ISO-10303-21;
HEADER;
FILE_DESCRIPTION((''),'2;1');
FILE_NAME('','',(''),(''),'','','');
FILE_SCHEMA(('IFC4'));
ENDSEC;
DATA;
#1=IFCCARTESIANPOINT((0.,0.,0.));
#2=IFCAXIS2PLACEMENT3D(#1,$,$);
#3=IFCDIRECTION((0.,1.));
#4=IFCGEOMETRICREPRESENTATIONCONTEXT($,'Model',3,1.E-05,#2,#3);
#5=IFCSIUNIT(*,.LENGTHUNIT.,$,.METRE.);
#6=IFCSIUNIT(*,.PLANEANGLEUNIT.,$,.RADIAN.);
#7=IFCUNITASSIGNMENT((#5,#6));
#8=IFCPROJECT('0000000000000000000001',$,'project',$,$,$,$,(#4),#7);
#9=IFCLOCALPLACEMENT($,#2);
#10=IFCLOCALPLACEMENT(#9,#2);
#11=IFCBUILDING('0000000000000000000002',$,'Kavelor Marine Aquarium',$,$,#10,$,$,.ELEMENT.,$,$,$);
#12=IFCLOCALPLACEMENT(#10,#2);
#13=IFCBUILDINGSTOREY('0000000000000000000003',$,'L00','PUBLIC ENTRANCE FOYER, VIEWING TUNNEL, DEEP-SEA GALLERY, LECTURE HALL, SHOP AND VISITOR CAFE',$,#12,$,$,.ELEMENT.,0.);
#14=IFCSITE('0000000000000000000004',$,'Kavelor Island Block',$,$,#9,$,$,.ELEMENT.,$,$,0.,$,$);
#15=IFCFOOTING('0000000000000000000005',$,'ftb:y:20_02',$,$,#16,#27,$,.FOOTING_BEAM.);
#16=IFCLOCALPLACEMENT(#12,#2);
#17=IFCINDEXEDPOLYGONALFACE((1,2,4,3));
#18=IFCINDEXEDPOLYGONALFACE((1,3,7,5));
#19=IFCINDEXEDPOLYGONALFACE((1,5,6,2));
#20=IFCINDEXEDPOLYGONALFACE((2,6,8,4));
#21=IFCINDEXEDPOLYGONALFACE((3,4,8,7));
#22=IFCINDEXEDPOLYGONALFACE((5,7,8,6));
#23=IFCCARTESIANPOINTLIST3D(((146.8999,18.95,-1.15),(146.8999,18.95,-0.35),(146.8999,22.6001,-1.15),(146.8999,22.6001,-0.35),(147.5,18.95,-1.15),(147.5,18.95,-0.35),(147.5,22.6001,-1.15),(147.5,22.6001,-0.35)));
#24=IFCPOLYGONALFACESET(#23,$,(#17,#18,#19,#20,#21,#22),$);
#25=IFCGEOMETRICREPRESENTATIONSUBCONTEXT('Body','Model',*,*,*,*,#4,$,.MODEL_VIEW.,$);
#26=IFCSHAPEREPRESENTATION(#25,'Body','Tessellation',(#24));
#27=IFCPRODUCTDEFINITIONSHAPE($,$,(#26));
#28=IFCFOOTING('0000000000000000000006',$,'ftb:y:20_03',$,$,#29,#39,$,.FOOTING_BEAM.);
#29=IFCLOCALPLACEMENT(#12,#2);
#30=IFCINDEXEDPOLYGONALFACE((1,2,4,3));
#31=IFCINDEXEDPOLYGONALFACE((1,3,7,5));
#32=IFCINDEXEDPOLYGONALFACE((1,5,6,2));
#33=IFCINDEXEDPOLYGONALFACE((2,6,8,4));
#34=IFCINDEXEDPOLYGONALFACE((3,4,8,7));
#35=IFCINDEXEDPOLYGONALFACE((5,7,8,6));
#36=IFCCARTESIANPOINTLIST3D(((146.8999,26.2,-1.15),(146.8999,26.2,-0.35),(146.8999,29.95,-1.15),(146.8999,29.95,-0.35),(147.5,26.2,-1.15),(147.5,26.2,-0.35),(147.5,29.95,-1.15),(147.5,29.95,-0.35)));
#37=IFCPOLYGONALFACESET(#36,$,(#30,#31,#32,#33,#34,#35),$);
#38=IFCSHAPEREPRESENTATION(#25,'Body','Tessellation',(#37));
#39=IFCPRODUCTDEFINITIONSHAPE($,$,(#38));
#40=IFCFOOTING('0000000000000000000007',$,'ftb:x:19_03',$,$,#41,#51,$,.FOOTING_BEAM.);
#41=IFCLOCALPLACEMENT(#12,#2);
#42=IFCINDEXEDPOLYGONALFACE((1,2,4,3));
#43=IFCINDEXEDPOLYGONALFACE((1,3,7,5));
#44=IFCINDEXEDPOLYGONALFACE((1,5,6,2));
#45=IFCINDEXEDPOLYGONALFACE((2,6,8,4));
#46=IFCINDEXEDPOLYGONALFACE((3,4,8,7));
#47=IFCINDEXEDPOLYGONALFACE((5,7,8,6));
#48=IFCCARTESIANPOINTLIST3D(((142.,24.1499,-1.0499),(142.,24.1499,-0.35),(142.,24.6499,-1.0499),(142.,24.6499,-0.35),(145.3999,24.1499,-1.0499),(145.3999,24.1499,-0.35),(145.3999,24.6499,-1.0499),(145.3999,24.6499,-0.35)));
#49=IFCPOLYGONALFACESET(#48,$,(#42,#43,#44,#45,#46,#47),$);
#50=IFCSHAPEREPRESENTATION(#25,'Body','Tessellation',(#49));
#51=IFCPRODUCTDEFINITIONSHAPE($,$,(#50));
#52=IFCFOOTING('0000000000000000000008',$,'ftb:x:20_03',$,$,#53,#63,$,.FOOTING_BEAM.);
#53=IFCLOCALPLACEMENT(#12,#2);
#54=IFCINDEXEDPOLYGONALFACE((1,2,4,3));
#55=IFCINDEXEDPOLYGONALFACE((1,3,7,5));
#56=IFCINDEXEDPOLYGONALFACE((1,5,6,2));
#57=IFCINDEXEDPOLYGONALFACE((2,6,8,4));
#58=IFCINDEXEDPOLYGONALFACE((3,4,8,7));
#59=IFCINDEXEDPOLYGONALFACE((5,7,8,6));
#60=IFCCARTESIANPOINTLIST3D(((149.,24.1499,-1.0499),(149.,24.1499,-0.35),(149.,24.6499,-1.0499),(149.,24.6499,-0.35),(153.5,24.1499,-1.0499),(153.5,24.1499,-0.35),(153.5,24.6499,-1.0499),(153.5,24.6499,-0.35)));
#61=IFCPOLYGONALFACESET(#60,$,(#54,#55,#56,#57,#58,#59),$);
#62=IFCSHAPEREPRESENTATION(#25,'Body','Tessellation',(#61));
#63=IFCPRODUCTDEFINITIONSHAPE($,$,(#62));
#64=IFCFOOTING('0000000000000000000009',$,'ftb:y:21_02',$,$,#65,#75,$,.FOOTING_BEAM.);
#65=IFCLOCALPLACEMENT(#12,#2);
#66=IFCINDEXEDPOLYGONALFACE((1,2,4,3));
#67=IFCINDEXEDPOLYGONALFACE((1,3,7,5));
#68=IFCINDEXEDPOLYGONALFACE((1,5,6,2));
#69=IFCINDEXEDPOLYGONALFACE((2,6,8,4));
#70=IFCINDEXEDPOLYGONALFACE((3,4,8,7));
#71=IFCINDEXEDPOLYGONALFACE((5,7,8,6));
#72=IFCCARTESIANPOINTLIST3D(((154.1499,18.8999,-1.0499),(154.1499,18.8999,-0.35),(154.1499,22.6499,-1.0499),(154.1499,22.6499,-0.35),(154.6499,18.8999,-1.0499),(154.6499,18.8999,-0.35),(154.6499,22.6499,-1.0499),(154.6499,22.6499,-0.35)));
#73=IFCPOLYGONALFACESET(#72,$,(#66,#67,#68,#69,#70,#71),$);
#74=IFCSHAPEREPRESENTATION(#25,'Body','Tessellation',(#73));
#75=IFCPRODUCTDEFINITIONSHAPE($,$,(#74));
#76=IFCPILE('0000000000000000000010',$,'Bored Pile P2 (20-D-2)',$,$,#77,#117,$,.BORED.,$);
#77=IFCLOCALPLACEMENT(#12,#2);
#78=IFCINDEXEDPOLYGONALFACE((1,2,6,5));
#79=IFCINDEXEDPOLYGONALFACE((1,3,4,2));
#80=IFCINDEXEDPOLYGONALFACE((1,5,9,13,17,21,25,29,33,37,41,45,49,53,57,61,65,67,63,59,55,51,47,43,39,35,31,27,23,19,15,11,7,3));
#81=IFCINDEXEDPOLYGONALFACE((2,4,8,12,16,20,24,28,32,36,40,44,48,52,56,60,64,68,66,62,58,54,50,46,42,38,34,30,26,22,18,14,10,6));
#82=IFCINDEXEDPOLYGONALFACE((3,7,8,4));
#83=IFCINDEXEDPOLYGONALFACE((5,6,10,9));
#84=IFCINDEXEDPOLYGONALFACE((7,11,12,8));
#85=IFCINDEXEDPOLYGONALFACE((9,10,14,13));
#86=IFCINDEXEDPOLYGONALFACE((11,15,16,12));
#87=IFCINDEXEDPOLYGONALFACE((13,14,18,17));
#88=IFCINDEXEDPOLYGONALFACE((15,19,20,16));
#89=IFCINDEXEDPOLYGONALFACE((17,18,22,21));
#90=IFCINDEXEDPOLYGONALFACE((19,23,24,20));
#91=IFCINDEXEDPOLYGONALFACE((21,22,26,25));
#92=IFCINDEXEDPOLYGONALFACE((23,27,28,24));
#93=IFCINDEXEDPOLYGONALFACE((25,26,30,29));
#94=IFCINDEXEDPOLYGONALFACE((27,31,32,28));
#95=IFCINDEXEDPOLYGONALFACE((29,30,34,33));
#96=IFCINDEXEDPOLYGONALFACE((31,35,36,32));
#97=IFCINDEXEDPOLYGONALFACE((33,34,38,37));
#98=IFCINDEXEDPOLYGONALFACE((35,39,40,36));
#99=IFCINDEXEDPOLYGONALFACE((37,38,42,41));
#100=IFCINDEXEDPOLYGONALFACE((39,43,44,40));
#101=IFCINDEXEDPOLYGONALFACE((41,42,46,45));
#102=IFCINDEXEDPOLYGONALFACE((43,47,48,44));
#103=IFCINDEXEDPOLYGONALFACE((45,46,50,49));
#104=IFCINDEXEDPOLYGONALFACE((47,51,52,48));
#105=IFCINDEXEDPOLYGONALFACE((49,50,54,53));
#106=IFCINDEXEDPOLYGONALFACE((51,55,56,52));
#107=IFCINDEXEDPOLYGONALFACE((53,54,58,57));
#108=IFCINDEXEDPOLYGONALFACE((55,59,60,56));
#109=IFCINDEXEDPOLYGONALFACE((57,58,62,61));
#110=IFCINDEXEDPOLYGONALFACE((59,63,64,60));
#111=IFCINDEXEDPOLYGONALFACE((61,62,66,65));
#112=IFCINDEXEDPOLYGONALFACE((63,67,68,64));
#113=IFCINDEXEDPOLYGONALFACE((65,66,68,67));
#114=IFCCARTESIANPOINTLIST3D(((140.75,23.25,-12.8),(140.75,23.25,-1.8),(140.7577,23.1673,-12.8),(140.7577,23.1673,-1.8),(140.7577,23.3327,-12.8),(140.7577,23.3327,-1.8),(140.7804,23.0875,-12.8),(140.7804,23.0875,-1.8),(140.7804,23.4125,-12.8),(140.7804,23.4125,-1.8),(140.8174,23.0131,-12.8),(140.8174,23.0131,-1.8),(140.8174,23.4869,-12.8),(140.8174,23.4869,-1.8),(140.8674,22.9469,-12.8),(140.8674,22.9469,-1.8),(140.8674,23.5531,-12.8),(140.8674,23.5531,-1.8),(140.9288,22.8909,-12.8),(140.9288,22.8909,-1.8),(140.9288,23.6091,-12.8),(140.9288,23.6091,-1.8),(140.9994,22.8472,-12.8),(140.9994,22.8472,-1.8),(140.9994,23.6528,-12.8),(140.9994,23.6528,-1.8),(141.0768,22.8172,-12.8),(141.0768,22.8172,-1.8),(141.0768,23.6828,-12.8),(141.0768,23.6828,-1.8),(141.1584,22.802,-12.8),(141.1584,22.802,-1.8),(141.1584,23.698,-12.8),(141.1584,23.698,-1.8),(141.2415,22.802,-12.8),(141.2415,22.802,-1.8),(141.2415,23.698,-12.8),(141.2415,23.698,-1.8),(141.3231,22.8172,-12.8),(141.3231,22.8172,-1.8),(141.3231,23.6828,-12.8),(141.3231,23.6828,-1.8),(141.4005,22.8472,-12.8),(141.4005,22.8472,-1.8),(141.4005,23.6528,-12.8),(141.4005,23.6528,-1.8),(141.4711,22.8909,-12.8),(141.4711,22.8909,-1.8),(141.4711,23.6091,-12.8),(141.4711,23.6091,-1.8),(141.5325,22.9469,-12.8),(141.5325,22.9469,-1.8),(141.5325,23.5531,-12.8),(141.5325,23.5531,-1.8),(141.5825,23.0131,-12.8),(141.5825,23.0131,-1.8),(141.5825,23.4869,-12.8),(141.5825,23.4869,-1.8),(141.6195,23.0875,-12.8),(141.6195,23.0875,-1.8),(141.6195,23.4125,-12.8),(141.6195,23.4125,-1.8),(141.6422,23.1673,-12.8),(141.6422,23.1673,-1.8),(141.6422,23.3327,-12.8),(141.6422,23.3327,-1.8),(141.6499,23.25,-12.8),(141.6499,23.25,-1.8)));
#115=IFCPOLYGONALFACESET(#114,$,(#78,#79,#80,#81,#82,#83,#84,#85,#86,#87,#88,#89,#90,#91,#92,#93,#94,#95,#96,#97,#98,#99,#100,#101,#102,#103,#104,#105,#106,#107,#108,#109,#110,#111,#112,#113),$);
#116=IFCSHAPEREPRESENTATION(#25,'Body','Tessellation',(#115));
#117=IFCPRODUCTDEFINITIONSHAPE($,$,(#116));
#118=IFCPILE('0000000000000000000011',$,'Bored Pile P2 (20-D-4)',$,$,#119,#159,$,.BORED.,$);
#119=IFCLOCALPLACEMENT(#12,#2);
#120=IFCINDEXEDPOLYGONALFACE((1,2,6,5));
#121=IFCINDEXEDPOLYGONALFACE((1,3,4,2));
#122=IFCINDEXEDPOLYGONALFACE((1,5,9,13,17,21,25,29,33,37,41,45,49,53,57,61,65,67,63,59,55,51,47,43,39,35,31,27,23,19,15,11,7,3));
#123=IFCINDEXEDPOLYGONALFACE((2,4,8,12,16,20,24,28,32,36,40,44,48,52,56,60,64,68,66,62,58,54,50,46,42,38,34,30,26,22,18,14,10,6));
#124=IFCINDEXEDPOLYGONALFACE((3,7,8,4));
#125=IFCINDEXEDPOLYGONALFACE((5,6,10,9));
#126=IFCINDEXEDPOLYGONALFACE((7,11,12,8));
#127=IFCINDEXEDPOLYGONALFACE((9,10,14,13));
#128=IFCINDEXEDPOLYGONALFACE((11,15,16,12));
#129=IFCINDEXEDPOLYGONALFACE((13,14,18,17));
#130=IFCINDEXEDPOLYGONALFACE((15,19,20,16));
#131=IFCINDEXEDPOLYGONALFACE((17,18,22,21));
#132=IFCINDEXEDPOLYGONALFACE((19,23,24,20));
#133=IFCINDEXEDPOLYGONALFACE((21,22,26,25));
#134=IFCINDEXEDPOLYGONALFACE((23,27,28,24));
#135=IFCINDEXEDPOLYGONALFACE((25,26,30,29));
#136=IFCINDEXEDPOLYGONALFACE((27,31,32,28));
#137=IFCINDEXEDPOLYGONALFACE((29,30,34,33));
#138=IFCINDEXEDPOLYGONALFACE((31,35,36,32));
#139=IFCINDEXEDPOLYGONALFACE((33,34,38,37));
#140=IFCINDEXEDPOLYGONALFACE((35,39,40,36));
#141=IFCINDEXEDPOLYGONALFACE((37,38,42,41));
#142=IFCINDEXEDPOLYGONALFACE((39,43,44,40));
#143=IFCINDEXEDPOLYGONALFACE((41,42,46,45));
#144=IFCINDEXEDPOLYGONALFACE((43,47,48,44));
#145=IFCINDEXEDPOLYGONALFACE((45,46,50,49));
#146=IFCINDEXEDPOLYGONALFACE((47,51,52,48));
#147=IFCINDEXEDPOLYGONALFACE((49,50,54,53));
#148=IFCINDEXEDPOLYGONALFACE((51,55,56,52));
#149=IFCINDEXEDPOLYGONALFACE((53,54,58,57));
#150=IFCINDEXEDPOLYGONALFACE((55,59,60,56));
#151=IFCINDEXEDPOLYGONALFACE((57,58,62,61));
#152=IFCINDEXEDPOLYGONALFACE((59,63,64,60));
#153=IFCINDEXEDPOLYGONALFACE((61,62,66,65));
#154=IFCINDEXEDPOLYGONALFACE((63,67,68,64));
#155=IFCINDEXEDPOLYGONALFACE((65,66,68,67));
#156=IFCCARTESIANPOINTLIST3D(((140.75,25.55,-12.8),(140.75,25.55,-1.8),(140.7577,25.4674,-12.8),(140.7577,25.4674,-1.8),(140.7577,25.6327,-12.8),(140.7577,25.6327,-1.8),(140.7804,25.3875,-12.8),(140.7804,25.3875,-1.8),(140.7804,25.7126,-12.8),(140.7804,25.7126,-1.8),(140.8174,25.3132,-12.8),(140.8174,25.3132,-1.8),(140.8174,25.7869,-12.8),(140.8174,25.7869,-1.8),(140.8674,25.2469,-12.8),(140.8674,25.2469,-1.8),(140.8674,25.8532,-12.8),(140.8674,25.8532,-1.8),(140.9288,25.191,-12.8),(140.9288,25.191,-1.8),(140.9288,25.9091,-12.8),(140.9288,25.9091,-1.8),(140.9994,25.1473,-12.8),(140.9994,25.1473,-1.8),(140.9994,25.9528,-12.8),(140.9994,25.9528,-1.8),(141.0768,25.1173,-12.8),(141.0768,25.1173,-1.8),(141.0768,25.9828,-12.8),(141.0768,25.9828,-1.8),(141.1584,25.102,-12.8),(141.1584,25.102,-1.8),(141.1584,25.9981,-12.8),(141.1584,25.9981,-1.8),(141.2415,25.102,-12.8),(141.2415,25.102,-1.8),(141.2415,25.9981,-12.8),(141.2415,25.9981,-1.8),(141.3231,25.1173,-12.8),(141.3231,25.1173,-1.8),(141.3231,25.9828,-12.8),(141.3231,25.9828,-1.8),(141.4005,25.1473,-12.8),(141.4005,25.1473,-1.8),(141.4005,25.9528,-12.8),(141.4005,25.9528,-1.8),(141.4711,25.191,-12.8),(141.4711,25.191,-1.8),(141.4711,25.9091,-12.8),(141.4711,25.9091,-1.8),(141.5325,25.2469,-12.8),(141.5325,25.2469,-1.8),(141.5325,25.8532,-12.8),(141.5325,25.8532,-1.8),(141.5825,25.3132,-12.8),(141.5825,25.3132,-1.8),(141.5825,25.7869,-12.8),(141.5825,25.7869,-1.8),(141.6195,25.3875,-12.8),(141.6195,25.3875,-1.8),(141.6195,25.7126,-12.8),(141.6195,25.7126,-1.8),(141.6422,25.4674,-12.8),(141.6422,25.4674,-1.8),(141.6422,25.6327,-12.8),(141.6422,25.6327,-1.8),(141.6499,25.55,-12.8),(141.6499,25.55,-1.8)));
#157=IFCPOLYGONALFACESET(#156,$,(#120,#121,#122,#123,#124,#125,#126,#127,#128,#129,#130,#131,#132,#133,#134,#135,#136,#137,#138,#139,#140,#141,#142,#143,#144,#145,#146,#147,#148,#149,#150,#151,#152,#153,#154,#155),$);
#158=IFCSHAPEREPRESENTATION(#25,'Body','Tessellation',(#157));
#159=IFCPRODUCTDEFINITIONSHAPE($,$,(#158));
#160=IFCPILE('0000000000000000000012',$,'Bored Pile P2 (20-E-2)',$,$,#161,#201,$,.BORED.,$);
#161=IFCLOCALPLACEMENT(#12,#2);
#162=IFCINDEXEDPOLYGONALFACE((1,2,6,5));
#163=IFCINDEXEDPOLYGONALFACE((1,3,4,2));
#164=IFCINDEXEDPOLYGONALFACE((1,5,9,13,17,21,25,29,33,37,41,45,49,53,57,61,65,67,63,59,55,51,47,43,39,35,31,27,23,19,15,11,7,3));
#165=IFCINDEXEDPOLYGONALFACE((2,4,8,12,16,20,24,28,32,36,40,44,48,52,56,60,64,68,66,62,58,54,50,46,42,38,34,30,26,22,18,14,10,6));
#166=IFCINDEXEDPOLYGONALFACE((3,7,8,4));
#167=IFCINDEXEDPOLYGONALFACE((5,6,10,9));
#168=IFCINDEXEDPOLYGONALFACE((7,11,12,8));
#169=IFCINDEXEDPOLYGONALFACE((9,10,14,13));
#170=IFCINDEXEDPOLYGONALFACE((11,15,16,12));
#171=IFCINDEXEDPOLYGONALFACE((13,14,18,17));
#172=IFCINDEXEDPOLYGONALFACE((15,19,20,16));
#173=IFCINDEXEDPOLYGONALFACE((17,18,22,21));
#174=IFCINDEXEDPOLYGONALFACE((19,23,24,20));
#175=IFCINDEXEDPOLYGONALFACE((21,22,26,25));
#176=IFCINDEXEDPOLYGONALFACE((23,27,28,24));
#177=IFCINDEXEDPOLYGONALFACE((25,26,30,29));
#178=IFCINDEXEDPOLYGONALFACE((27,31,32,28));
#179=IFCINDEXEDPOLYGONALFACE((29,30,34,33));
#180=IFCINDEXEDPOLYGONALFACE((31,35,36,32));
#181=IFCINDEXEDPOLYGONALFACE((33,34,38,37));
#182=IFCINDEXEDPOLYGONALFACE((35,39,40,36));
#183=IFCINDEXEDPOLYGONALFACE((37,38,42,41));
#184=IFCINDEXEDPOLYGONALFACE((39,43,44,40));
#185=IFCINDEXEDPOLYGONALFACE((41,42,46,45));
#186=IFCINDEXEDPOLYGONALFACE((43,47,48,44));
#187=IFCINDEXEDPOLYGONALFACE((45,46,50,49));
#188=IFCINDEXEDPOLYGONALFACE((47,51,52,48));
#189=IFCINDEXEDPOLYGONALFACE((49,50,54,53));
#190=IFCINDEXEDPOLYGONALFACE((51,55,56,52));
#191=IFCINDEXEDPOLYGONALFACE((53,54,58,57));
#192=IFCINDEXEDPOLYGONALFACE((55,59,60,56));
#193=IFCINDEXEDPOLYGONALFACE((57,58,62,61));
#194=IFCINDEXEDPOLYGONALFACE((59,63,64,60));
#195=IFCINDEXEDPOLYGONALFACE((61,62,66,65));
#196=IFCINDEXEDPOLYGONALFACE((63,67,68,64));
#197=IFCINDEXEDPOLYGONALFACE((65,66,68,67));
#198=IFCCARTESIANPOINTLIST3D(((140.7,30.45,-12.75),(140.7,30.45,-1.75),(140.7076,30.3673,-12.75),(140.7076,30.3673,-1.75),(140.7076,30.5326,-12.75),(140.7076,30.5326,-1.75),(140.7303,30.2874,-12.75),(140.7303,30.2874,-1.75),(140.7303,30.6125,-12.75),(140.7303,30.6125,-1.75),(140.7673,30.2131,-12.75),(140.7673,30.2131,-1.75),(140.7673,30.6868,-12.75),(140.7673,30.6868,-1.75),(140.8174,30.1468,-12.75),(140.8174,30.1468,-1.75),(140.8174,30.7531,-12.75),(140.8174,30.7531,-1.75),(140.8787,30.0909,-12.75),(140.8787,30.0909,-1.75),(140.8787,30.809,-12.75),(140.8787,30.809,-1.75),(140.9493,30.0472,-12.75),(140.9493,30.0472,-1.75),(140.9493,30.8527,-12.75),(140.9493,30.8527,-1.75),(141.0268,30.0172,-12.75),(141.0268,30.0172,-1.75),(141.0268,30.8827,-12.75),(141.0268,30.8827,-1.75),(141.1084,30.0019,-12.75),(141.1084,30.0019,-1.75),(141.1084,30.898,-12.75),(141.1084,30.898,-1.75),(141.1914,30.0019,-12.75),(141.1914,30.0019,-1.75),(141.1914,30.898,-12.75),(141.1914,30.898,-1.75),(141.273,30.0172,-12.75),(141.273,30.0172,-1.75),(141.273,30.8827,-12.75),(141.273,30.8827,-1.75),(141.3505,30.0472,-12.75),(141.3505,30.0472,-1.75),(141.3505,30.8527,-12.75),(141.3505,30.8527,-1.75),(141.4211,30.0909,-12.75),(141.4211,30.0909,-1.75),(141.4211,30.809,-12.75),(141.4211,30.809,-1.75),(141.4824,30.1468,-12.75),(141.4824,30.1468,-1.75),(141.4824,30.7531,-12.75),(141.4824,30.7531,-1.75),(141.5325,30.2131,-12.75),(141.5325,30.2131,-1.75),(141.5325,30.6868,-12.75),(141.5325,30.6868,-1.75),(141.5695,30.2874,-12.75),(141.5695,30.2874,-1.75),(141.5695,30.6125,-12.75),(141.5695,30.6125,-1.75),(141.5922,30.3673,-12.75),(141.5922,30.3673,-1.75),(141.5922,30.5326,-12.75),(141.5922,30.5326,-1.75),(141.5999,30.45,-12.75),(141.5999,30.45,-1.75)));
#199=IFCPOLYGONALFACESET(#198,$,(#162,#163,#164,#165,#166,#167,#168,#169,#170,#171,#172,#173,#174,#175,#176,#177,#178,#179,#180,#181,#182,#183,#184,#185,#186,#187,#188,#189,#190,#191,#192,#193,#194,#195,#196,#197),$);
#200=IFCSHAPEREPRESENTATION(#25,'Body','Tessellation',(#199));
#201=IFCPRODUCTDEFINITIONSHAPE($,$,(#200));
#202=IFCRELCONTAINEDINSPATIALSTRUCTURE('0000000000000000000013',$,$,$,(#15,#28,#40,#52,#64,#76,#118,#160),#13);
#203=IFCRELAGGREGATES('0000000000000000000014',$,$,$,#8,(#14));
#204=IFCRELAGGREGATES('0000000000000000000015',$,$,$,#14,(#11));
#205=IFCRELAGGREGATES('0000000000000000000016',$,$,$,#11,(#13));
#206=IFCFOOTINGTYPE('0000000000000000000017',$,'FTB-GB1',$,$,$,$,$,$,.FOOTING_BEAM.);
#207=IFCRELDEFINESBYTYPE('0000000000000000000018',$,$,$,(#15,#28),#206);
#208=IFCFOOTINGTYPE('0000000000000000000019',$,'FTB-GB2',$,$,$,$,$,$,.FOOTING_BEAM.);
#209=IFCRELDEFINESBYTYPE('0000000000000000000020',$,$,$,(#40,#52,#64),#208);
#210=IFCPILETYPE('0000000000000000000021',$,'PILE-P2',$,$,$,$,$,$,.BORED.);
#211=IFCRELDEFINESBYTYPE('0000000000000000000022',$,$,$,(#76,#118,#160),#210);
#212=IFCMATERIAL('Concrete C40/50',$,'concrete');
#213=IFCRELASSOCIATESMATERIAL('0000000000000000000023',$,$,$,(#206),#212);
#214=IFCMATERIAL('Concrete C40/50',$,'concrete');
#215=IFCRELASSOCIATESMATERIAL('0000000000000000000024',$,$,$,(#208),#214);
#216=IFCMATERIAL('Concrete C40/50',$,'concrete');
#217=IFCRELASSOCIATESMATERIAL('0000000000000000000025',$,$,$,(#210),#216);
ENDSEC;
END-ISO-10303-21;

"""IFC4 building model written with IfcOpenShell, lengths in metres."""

from ifc_helpers import new_model, si_unit, direction, frame, origin, origin_2d, place, context, subcontext, project, spatial, rectangle, circle, extrude, material, material_profile, profile_set, type_object, element, save


model = new_model("IFC4")

# Units and contexts
model_context = context("Model", 3, precision=1e-05, world=origin(), true_north=direction((0.0, 1.0)))
body_context = subcontext(model_context, "Body", "Model", "MODEL_VIEW")
ifc_project = project(units=[si_unit("LENGTHUNIT", "METRE"), si_unit("PLANEANGLEUNIT", "RADIAN")], contexts=[model_context])

# Site, building, storey
site_placement = place(None, origin())
site = spatial("IfcSite", under=ifc_project, at=site_placement, Name="Kavelor Island Block", CompositionType="ELEMENT", RefElevation=0.0)
building_placement = place(site_placement, origin())
building = spatial("IfcBuilding", under=site, at=building_placement, Name="Kavelor Marine Aquarium", CompositionType="ELEMENT")
storey_placement = place(building_placement, origin())
storey = spatial("IfcBuildingStorey", under=building, at=storey_placement, Name="L00", Description="PUBLIC ENTRANCE FOYER, VIEWING TUNNEL, DEEP-SEA GALLERY, LECTURE HALL, SHOP AND VISITOR CAFE", CompositionType="ELEMENT", Elevation=0.0)

# Footings
ifc_material_1 = material(Name="Concrete C40/50", Category="concrete")
ifc_material_profile_1 = material_profile(ifc_material_1, rectangle(XDim=0.6001, YDim=0.8, at=origin_2d()), Name="GB 600x800")
ifc_profile_set_1 = profile_set([ifc_material_profile_1], Name="Concrete C40/50")
footing_type_1 = type_object("IfcFootingType", Name="FTB-GB1", PredefinedType="FOOTING_BEAM", material=ifc_profile_set_1)
footing_1_placement = place(storey_placement, frame((147.2, 18.95, -0.75), z_axis=(0.0, 1.0, 0.0), x_axis=(-1.0, 0.0, 0.0)))
element("IfcFooting", 1, at=footing_1_placement, inside=storey, type_object=footing_type_1, Name="ftb:y:20_02", PredefinedType="FOOTING_BEAM", context=body_context, shape_type="SweptSolid", body=[
    extrude(rectangle(XDim=0.6001, YDim=0.8, at=origin_2d()), origin(), (0.0, 0.0, 1.0), 3.6501),
])
footing_2_placement = place(storey_placement, frame((147.2, 26.2, -0.75), z_axis=(0.0, 1.0, 0.0), x_axis=(-1.0, 0.0, 0.0)))
element("IfcFooting", 2, at=footing_2_placement, inside=storey, type_object=footing_type_1, Name="ftb:y:20_03", PredefinedType="FOOTING_BEAM", context=body_context, shape_type="SweptSolid", body=[
    extrude(rectangle(XDim=0.6001, YDim=0.8, at=origin_2d()), origin(), (0.0, 0.0, 1.0), 3.75),
])
ifc_material_2 = material(Name="Concrete C40/50", Category="concrete")
ifc_material_profile_2 = material_profile(ifc_material_2, rectangle(XDim=0.5, YDim=0.7, at=origin_2d()), Name="GB 500x700")
ifc_profile_set_2 = profile_set([ifc_material_profile_2], Name="Concrete C40/50")
footing_type_2 = type_object("IfcFootingType", Name="FTB-GB2", PredefinedType="FOOTING_BEAM", material=ifc_profile_set_2)
footing_3_placement = place(storey_placement, frame((142.0, 24.3999, -0.7), z_axis=(1.0, 0.0, 0.0), x_axis=(0.0, 1.0, 0.0)))
element("IfcFooting", 3, at=footing_3_placement, inside=storey, type_object=footing_type_2, Name="ftb:x:19_03", PredefinedType="FOOTING_BEAM", context=body_context, shape_type="SweptSolid", body=[
    extrude(rectangle(XDim=0.5, YDim=0.7, at=origin_2d()), origin(), (0.0, 0.0, 1.0), 3.3999),
])
footing_4_placement = place(storey_placement, frame((149.0, 24.3999, -0.7), z_axis=(1.0, 0.0, 0.0), x_axis=(0.0, 1.0, 0.0)))
element("IfcFooting", 4, at=footing_4_placement, inside=storey, type_object=footing_type_2, Name="ftb:x:20_03", PredefinedType="FOOTING_BEAM", context=body_context, shape_type="SweptSolid", body=[
    extrude(rectangle(XDim=0.5, YDim=0.7, at=origin_2d()), origin(), (0.0, 0.0, 1.0), 4.5),
])
footing_5_placement = place(storey_placement, frame((154.3999, 18.8999, -0.7), z_axis=(0.0, 1.0, 0.0), x_axis=(-1.0, 0.0, 0.0)))
element("IfcFooting", 5, at=footing_5_placement, inside=storey, type_object=footing_type_2, Name="ftb:y:21_02", PredefinedType="FOOTING_BEAM", context=body_context, shape_type="SweptSolid", body=[
    extrude(rectangle(XDim=0.5, YDim=0.7, at=origin_2d()), origin(), (0.0, 0.0, 1.0), 3.75),
])

# Piles
ifc_material_3 = material(Name="Concrete C40/50", Category="concrete")
ifc_material_profile_3 = material_profile(ifc_material_3, circle(Radius=0.45, at=origin_2d()), Name="PILE D900")
ifc_profile_set_3 = profile_set([ifc_material_profile_3], Name="Concrete C40/50")
pile_type_1 = type_object("IfcPileType", Name="PILE-P2", PredefinedType="BORED", material=ifc_profile_set_3)
for number, where, z_axis, x_axis, name in (
    (6, (141.2, 23.25, -1.8), (0.0, 0.0, -1.0), (1.0, 0.0, 0.0), "Bored Pile P2 (20-D-2)"),
    (7, (141.2, 25.55, -1.8), (0.0, 0.0, -1.0), (1.0, 0.0, 0.0), "Bored Pile P2 (20-D-4)"),
    (8, (141.1499, 30.45, -1.75), (0.0, 0.0, -1.0), (1.0, 0.0, 0.0), "Bored Pile P2 (20-E-2)"),
):
    element("IfcPile", number, at=place(storey_placement, frame(where, z_axis=z_axis, x_axis=x_axis)), inside=storey, type_object=pile_type_1, Name=name, PredefinedType="BORED", context=body_context, shape_type="SweptSolid", body=[
        extrude(circle(Radius=0.45, at=origin_2d()), origin(), (0.0, 0.0, 1.0), 11.0),
    ])

save(model, "model.ifc")
